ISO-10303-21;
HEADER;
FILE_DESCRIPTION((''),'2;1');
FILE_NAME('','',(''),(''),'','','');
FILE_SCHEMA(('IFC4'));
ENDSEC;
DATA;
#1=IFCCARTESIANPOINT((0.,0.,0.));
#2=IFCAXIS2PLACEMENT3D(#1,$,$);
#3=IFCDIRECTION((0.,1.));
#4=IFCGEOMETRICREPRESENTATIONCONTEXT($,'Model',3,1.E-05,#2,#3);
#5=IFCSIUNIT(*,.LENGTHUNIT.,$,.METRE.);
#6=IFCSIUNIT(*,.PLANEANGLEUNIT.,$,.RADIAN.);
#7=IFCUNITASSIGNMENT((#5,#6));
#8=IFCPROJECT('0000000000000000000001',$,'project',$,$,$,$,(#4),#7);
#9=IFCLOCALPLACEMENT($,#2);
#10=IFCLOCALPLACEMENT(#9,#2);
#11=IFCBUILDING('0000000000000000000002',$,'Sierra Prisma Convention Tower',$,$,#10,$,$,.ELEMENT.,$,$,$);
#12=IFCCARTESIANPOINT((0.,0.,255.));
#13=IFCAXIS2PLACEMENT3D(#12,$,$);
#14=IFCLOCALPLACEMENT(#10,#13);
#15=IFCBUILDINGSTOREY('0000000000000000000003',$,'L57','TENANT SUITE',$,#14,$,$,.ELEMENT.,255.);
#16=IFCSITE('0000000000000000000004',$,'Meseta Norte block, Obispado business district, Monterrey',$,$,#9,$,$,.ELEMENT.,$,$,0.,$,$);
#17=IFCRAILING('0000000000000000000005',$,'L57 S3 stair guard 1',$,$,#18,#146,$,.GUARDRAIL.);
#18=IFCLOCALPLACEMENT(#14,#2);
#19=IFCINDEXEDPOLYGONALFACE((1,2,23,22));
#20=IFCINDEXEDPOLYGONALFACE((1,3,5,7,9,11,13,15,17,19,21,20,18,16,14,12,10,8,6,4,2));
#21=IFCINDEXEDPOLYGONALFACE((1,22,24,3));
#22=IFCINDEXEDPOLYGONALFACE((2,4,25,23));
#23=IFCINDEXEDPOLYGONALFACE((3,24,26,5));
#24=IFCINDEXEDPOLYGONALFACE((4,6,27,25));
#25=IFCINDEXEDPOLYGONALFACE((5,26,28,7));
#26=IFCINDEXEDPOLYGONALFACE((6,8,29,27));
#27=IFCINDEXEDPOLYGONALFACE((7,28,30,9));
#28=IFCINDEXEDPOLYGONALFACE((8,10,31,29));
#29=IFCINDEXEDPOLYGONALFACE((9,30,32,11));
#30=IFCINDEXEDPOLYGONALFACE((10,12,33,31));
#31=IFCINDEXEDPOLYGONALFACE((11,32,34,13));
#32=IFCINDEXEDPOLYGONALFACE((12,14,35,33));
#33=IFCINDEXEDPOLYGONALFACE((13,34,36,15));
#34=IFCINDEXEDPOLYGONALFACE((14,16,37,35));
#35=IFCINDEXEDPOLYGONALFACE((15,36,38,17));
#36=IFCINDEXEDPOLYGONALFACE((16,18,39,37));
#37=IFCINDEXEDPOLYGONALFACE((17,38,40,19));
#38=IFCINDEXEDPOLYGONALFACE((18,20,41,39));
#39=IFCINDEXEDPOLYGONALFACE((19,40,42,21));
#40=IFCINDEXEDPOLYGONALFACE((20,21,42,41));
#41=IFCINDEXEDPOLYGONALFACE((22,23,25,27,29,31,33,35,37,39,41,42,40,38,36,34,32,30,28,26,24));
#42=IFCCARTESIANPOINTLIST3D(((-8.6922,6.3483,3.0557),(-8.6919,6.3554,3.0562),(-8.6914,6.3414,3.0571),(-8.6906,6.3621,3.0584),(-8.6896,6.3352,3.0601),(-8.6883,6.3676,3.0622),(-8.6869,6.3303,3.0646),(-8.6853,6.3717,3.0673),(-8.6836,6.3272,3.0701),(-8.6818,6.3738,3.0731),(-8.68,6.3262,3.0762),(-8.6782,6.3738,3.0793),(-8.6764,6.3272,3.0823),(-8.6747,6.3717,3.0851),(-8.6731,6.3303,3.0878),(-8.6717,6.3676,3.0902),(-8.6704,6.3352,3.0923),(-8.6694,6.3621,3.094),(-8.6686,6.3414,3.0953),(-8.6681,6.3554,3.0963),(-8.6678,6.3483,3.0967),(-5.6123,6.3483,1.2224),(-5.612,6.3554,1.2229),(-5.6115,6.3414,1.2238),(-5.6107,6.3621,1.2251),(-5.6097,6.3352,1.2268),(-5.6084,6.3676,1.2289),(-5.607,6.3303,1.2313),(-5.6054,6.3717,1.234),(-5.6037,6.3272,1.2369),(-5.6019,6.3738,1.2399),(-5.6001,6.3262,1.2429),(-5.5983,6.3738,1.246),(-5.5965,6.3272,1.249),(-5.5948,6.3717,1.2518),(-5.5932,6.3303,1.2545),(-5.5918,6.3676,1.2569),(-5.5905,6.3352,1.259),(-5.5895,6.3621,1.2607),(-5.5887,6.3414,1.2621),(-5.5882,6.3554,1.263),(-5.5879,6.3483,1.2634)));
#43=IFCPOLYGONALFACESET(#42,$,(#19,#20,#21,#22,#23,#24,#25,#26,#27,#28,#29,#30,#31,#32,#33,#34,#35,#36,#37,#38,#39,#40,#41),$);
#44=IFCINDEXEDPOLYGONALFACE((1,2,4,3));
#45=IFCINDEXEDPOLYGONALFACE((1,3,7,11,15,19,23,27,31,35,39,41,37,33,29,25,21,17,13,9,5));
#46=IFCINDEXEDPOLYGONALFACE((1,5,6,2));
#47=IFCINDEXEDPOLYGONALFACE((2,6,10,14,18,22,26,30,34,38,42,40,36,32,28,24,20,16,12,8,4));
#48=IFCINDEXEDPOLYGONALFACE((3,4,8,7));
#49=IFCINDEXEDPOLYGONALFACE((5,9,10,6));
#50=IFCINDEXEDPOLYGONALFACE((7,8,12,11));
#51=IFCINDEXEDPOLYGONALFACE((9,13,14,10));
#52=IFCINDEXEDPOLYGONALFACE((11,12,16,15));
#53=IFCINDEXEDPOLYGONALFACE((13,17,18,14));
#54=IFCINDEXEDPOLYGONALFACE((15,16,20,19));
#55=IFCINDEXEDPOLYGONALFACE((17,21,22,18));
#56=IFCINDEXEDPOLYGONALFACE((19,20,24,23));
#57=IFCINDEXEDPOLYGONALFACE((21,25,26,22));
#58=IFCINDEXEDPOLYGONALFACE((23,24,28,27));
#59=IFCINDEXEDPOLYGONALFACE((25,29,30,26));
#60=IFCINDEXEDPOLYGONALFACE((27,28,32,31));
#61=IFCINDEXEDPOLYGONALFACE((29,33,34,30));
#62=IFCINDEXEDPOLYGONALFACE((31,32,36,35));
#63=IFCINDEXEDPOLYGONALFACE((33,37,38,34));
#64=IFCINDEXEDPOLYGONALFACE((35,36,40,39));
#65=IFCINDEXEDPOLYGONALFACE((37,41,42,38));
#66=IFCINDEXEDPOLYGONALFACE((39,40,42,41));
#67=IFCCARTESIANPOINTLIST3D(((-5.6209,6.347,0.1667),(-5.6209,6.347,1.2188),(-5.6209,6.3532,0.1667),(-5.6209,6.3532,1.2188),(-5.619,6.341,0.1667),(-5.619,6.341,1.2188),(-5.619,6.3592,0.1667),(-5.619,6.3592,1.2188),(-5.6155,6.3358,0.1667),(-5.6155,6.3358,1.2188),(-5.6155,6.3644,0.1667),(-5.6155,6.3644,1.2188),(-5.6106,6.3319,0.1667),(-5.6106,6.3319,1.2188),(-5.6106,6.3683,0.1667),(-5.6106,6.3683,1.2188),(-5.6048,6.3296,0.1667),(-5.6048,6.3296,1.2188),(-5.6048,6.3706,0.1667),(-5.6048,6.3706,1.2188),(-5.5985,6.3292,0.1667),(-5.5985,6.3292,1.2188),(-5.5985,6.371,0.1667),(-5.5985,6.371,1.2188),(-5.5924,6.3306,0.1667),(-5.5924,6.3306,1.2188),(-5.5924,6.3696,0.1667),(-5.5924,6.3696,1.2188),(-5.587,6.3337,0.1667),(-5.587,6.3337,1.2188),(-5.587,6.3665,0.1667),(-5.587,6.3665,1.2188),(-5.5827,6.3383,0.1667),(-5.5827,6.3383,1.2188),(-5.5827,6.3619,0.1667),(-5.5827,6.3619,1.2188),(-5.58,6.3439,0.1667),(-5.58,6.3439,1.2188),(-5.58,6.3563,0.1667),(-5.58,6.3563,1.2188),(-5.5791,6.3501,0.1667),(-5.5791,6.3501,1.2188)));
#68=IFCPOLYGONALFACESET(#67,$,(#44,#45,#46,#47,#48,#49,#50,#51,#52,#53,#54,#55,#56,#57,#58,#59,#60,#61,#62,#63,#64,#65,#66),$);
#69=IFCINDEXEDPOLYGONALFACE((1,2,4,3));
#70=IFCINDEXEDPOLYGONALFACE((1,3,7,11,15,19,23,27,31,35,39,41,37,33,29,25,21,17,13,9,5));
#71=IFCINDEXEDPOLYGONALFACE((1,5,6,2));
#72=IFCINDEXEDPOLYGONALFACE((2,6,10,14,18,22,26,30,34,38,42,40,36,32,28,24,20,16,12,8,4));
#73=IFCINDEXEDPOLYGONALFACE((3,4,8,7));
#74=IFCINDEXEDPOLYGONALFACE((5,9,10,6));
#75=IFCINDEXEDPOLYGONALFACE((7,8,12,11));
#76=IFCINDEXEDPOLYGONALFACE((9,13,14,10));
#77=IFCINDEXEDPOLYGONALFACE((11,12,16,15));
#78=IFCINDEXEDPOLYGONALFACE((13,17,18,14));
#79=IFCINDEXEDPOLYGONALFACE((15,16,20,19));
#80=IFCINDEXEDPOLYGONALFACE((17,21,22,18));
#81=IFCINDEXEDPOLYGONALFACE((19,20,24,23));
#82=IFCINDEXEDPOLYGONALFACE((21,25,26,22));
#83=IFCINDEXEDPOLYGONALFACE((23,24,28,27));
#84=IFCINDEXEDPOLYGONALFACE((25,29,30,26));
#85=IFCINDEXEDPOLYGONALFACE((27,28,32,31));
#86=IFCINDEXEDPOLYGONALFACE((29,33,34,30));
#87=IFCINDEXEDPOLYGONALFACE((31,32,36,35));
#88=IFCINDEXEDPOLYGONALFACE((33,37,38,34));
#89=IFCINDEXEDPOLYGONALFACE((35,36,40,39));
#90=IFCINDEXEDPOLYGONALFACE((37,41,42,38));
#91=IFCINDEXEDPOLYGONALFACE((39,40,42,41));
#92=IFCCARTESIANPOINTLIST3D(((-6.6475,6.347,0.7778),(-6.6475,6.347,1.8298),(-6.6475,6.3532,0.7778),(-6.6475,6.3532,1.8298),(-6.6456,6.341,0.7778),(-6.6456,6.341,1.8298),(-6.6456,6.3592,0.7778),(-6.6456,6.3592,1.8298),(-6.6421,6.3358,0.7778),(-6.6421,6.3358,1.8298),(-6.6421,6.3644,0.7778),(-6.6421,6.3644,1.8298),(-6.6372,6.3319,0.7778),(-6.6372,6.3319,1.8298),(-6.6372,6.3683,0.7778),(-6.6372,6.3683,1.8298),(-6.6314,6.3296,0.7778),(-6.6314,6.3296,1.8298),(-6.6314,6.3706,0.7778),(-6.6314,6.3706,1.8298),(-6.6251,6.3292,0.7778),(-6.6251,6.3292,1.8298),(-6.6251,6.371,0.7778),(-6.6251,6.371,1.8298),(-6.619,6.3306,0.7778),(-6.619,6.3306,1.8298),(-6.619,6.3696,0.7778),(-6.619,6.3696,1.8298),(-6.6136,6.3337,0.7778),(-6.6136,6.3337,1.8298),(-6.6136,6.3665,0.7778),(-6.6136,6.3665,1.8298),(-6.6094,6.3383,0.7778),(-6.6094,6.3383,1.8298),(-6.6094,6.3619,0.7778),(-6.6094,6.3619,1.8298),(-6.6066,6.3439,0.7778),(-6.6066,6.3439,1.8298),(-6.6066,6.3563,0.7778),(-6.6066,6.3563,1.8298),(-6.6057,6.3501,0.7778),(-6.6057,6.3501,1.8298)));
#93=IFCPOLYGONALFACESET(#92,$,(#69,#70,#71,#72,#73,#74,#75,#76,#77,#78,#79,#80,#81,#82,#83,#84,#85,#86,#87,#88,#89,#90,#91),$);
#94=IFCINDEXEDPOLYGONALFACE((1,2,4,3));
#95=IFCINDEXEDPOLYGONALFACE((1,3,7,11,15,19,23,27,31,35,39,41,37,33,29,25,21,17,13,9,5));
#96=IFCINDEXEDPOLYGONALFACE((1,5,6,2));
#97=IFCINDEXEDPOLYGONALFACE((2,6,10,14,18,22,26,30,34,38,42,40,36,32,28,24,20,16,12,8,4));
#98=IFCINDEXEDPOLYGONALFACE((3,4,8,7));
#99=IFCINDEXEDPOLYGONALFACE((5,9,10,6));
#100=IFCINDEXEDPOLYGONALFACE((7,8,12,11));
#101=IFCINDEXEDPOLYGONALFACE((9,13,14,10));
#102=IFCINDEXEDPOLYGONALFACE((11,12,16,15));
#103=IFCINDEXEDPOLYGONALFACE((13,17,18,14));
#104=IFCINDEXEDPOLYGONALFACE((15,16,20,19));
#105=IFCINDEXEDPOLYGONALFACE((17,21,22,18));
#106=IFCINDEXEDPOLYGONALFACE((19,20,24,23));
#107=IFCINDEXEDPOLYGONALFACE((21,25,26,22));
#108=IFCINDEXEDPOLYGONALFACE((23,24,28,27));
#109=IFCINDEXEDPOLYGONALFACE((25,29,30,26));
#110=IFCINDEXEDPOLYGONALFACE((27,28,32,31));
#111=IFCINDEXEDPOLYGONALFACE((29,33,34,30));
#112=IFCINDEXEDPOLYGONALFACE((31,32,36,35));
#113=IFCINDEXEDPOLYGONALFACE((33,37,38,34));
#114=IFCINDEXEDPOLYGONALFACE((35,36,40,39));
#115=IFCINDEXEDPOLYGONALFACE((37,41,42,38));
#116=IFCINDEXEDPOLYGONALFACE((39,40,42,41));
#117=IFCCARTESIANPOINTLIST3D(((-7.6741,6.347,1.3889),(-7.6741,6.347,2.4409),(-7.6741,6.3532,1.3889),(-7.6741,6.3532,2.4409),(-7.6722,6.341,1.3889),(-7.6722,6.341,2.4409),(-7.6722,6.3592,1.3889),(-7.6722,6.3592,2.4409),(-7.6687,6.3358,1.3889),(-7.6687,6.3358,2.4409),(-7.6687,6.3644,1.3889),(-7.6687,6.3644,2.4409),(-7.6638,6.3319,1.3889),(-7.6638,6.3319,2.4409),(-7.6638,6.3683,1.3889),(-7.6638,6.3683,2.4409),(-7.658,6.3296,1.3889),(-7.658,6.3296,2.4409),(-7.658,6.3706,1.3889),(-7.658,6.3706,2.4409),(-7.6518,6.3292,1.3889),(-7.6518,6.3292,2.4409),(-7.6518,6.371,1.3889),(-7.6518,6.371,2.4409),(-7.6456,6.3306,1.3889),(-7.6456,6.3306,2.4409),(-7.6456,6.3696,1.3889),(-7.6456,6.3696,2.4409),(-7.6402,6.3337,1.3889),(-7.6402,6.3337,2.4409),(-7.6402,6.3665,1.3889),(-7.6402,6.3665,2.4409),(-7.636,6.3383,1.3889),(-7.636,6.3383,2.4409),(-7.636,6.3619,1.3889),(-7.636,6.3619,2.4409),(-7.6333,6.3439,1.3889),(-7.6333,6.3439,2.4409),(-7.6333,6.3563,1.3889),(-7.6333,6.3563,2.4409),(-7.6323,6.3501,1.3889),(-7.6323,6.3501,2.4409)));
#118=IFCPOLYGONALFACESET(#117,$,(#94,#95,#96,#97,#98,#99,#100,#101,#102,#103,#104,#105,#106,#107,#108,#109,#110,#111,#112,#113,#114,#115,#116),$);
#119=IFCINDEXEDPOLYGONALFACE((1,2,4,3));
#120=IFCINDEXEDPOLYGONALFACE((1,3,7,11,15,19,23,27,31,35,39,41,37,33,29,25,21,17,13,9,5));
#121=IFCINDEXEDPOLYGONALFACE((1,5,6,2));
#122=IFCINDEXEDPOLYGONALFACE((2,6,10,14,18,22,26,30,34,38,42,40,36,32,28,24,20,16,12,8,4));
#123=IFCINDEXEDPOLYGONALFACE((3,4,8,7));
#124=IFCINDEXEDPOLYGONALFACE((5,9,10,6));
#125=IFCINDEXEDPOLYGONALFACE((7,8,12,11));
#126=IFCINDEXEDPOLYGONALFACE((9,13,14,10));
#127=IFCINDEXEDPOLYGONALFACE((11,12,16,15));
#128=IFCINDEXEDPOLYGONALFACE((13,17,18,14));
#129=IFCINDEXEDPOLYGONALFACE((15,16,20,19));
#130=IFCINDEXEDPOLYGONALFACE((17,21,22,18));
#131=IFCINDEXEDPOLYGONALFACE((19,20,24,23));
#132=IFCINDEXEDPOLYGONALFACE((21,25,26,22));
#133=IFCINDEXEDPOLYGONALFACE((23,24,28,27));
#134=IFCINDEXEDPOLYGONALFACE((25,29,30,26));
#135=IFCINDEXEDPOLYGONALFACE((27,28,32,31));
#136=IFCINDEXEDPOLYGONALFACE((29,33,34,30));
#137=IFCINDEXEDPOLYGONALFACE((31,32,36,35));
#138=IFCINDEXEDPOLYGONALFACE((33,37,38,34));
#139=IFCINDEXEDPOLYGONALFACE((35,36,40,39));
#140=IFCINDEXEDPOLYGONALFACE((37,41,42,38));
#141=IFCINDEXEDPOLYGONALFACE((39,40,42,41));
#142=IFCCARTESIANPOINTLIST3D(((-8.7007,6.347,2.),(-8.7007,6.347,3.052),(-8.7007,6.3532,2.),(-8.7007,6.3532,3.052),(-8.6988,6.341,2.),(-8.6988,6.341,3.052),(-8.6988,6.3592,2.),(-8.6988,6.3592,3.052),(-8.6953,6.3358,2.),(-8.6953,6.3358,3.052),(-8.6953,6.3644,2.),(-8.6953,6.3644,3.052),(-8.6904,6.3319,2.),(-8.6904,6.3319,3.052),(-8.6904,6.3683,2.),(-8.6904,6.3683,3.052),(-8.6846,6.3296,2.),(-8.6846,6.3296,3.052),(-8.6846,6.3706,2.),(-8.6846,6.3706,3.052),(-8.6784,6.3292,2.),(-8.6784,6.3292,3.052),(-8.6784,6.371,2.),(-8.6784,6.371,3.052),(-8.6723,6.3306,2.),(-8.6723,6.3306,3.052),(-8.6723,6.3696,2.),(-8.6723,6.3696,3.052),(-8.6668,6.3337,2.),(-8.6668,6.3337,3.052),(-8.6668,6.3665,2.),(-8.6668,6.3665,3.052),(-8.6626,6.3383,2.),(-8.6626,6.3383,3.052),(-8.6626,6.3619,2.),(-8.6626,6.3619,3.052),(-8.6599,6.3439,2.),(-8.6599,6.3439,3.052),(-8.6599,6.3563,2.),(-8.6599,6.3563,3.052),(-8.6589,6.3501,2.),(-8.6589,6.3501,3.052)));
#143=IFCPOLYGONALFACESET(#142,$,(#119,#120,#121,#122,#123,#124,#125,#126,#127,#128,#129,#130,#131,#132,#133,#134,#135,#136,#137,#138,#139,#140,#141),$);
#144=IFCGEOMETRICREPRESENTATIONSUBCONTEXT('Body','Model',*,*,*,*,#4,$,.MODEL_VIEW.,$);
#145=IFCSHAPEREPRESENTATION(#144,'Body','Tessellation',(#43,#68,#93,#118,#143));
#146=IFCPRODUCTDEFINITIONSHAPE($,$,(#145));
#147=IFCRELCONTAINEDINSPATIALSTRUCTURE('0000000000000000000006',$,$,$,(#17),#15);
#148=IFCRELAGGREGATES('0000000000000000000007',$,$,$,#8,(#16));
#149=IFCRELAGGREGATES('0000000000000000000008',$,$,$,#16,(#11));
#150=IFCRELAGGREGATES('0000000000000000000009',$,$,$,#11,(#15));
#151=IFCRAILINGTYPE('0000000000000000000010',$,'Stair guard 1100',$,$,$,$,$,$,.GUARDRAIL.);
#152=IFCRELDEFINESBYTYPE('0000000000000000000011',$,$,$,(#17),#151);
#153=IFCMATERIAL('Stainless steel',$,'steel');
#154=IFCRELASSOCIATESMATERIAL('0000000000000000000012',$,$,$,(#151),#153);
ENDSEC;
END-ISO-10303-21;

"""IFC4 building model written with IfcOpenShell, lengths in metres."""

from ifc_helpers import new_model, si_unit, direction, frame, origin, origin_2d, place, context, subcontext, project, spatial, circle, extrude, material, type_object, element, save


model = new_model("IFC4")

# Units and contexts
model_context = context("Model", 3, precision=1e-05, world=origin(), true_north=direction((0.0, 1.0)))
body_context = subcontext(model_context, "Body", "Model", "MODEL_VIEW")
ifc_project = project(units=[si_unit("LENGTHUNIT", "METRE"), si_unit("PLANEANGLEUNIT", "RADIAN")], contexts=[model_context])

# Site, building, storey
site_placement = place(None, origin())
site = spatial("IfcSite", under=ifc_project, at=site_placement, Name="Meseta Norte block, Obispado business district, Monterrey", CompositionType="ELEMENT", RefElevation=0.0)
building_placement = place(site_placement, origin())
building = spatial("IfcBuilding", under=site, at=building_placement, Name="Sierra Prisma Convention Tower", CompositionType="ELEMENT")
storey_placement = place(building_placement, frame((0.0, 0.0, 255.0)))
storey = spatial("IfcBuildingStorey", under=building, at=storey_placement, Name="L57", Description="TENANT SUITE", CompositionType="ELEMENT", Elevation=255.0)

# Railing
ifc_material_1 = material(Name="Stainless steel", Category="steel")
railing_type_1 = type_object("IfcRailingType", Name="Stair guard 1100", PredefinedType="GUARDRAIL", material=ifc_material_1)
railing_1_placement = place(storey_placement, frame((-5.6001, 6.3501, 0.1667)))
element("IfcRailing", 1, at=railing_1_placement, inside=storey, type_object=railing_type_1, Name="L57 S3 stair guard 1", PredefinedType="GUARDRAIL", context=body_context, shape_type="SweptSolid", body=[
    extrude(circle(Radius=0.0239, at=origin_2d()), frame((0.0, 0.0, 1.0762), z_axis=(-0.859291, 0.0, 0.511487), x_axis=(0.0, -1.0, 0.0)), (0.0, 0.0, 1.0), 3.5842),
    extrude(circle(Radius=0.021, at=origin_2d()), origin(), (0.0, 0.0, 1.0), 1.052),
    extrude(circle(Radius=0.021, at=origin_2d()), frame((-1.0266, 0.0, 0.6111)), (0.0, 0.0, 1.0), 1.052),
    extrude(circle(Radius=0.021, at=origin_2d()), frame((-2.0532, 0.0, 1.2222)), (0.0, 0.0, 1.0), 1.052),
    extrude(circle(Radius=0.021, at=origin_2d()), frame((-3.0798, 0.0, 1.8333)), (0.0, 0.0, 1.0), 1.052),
])

save(model, "model.ifc")
